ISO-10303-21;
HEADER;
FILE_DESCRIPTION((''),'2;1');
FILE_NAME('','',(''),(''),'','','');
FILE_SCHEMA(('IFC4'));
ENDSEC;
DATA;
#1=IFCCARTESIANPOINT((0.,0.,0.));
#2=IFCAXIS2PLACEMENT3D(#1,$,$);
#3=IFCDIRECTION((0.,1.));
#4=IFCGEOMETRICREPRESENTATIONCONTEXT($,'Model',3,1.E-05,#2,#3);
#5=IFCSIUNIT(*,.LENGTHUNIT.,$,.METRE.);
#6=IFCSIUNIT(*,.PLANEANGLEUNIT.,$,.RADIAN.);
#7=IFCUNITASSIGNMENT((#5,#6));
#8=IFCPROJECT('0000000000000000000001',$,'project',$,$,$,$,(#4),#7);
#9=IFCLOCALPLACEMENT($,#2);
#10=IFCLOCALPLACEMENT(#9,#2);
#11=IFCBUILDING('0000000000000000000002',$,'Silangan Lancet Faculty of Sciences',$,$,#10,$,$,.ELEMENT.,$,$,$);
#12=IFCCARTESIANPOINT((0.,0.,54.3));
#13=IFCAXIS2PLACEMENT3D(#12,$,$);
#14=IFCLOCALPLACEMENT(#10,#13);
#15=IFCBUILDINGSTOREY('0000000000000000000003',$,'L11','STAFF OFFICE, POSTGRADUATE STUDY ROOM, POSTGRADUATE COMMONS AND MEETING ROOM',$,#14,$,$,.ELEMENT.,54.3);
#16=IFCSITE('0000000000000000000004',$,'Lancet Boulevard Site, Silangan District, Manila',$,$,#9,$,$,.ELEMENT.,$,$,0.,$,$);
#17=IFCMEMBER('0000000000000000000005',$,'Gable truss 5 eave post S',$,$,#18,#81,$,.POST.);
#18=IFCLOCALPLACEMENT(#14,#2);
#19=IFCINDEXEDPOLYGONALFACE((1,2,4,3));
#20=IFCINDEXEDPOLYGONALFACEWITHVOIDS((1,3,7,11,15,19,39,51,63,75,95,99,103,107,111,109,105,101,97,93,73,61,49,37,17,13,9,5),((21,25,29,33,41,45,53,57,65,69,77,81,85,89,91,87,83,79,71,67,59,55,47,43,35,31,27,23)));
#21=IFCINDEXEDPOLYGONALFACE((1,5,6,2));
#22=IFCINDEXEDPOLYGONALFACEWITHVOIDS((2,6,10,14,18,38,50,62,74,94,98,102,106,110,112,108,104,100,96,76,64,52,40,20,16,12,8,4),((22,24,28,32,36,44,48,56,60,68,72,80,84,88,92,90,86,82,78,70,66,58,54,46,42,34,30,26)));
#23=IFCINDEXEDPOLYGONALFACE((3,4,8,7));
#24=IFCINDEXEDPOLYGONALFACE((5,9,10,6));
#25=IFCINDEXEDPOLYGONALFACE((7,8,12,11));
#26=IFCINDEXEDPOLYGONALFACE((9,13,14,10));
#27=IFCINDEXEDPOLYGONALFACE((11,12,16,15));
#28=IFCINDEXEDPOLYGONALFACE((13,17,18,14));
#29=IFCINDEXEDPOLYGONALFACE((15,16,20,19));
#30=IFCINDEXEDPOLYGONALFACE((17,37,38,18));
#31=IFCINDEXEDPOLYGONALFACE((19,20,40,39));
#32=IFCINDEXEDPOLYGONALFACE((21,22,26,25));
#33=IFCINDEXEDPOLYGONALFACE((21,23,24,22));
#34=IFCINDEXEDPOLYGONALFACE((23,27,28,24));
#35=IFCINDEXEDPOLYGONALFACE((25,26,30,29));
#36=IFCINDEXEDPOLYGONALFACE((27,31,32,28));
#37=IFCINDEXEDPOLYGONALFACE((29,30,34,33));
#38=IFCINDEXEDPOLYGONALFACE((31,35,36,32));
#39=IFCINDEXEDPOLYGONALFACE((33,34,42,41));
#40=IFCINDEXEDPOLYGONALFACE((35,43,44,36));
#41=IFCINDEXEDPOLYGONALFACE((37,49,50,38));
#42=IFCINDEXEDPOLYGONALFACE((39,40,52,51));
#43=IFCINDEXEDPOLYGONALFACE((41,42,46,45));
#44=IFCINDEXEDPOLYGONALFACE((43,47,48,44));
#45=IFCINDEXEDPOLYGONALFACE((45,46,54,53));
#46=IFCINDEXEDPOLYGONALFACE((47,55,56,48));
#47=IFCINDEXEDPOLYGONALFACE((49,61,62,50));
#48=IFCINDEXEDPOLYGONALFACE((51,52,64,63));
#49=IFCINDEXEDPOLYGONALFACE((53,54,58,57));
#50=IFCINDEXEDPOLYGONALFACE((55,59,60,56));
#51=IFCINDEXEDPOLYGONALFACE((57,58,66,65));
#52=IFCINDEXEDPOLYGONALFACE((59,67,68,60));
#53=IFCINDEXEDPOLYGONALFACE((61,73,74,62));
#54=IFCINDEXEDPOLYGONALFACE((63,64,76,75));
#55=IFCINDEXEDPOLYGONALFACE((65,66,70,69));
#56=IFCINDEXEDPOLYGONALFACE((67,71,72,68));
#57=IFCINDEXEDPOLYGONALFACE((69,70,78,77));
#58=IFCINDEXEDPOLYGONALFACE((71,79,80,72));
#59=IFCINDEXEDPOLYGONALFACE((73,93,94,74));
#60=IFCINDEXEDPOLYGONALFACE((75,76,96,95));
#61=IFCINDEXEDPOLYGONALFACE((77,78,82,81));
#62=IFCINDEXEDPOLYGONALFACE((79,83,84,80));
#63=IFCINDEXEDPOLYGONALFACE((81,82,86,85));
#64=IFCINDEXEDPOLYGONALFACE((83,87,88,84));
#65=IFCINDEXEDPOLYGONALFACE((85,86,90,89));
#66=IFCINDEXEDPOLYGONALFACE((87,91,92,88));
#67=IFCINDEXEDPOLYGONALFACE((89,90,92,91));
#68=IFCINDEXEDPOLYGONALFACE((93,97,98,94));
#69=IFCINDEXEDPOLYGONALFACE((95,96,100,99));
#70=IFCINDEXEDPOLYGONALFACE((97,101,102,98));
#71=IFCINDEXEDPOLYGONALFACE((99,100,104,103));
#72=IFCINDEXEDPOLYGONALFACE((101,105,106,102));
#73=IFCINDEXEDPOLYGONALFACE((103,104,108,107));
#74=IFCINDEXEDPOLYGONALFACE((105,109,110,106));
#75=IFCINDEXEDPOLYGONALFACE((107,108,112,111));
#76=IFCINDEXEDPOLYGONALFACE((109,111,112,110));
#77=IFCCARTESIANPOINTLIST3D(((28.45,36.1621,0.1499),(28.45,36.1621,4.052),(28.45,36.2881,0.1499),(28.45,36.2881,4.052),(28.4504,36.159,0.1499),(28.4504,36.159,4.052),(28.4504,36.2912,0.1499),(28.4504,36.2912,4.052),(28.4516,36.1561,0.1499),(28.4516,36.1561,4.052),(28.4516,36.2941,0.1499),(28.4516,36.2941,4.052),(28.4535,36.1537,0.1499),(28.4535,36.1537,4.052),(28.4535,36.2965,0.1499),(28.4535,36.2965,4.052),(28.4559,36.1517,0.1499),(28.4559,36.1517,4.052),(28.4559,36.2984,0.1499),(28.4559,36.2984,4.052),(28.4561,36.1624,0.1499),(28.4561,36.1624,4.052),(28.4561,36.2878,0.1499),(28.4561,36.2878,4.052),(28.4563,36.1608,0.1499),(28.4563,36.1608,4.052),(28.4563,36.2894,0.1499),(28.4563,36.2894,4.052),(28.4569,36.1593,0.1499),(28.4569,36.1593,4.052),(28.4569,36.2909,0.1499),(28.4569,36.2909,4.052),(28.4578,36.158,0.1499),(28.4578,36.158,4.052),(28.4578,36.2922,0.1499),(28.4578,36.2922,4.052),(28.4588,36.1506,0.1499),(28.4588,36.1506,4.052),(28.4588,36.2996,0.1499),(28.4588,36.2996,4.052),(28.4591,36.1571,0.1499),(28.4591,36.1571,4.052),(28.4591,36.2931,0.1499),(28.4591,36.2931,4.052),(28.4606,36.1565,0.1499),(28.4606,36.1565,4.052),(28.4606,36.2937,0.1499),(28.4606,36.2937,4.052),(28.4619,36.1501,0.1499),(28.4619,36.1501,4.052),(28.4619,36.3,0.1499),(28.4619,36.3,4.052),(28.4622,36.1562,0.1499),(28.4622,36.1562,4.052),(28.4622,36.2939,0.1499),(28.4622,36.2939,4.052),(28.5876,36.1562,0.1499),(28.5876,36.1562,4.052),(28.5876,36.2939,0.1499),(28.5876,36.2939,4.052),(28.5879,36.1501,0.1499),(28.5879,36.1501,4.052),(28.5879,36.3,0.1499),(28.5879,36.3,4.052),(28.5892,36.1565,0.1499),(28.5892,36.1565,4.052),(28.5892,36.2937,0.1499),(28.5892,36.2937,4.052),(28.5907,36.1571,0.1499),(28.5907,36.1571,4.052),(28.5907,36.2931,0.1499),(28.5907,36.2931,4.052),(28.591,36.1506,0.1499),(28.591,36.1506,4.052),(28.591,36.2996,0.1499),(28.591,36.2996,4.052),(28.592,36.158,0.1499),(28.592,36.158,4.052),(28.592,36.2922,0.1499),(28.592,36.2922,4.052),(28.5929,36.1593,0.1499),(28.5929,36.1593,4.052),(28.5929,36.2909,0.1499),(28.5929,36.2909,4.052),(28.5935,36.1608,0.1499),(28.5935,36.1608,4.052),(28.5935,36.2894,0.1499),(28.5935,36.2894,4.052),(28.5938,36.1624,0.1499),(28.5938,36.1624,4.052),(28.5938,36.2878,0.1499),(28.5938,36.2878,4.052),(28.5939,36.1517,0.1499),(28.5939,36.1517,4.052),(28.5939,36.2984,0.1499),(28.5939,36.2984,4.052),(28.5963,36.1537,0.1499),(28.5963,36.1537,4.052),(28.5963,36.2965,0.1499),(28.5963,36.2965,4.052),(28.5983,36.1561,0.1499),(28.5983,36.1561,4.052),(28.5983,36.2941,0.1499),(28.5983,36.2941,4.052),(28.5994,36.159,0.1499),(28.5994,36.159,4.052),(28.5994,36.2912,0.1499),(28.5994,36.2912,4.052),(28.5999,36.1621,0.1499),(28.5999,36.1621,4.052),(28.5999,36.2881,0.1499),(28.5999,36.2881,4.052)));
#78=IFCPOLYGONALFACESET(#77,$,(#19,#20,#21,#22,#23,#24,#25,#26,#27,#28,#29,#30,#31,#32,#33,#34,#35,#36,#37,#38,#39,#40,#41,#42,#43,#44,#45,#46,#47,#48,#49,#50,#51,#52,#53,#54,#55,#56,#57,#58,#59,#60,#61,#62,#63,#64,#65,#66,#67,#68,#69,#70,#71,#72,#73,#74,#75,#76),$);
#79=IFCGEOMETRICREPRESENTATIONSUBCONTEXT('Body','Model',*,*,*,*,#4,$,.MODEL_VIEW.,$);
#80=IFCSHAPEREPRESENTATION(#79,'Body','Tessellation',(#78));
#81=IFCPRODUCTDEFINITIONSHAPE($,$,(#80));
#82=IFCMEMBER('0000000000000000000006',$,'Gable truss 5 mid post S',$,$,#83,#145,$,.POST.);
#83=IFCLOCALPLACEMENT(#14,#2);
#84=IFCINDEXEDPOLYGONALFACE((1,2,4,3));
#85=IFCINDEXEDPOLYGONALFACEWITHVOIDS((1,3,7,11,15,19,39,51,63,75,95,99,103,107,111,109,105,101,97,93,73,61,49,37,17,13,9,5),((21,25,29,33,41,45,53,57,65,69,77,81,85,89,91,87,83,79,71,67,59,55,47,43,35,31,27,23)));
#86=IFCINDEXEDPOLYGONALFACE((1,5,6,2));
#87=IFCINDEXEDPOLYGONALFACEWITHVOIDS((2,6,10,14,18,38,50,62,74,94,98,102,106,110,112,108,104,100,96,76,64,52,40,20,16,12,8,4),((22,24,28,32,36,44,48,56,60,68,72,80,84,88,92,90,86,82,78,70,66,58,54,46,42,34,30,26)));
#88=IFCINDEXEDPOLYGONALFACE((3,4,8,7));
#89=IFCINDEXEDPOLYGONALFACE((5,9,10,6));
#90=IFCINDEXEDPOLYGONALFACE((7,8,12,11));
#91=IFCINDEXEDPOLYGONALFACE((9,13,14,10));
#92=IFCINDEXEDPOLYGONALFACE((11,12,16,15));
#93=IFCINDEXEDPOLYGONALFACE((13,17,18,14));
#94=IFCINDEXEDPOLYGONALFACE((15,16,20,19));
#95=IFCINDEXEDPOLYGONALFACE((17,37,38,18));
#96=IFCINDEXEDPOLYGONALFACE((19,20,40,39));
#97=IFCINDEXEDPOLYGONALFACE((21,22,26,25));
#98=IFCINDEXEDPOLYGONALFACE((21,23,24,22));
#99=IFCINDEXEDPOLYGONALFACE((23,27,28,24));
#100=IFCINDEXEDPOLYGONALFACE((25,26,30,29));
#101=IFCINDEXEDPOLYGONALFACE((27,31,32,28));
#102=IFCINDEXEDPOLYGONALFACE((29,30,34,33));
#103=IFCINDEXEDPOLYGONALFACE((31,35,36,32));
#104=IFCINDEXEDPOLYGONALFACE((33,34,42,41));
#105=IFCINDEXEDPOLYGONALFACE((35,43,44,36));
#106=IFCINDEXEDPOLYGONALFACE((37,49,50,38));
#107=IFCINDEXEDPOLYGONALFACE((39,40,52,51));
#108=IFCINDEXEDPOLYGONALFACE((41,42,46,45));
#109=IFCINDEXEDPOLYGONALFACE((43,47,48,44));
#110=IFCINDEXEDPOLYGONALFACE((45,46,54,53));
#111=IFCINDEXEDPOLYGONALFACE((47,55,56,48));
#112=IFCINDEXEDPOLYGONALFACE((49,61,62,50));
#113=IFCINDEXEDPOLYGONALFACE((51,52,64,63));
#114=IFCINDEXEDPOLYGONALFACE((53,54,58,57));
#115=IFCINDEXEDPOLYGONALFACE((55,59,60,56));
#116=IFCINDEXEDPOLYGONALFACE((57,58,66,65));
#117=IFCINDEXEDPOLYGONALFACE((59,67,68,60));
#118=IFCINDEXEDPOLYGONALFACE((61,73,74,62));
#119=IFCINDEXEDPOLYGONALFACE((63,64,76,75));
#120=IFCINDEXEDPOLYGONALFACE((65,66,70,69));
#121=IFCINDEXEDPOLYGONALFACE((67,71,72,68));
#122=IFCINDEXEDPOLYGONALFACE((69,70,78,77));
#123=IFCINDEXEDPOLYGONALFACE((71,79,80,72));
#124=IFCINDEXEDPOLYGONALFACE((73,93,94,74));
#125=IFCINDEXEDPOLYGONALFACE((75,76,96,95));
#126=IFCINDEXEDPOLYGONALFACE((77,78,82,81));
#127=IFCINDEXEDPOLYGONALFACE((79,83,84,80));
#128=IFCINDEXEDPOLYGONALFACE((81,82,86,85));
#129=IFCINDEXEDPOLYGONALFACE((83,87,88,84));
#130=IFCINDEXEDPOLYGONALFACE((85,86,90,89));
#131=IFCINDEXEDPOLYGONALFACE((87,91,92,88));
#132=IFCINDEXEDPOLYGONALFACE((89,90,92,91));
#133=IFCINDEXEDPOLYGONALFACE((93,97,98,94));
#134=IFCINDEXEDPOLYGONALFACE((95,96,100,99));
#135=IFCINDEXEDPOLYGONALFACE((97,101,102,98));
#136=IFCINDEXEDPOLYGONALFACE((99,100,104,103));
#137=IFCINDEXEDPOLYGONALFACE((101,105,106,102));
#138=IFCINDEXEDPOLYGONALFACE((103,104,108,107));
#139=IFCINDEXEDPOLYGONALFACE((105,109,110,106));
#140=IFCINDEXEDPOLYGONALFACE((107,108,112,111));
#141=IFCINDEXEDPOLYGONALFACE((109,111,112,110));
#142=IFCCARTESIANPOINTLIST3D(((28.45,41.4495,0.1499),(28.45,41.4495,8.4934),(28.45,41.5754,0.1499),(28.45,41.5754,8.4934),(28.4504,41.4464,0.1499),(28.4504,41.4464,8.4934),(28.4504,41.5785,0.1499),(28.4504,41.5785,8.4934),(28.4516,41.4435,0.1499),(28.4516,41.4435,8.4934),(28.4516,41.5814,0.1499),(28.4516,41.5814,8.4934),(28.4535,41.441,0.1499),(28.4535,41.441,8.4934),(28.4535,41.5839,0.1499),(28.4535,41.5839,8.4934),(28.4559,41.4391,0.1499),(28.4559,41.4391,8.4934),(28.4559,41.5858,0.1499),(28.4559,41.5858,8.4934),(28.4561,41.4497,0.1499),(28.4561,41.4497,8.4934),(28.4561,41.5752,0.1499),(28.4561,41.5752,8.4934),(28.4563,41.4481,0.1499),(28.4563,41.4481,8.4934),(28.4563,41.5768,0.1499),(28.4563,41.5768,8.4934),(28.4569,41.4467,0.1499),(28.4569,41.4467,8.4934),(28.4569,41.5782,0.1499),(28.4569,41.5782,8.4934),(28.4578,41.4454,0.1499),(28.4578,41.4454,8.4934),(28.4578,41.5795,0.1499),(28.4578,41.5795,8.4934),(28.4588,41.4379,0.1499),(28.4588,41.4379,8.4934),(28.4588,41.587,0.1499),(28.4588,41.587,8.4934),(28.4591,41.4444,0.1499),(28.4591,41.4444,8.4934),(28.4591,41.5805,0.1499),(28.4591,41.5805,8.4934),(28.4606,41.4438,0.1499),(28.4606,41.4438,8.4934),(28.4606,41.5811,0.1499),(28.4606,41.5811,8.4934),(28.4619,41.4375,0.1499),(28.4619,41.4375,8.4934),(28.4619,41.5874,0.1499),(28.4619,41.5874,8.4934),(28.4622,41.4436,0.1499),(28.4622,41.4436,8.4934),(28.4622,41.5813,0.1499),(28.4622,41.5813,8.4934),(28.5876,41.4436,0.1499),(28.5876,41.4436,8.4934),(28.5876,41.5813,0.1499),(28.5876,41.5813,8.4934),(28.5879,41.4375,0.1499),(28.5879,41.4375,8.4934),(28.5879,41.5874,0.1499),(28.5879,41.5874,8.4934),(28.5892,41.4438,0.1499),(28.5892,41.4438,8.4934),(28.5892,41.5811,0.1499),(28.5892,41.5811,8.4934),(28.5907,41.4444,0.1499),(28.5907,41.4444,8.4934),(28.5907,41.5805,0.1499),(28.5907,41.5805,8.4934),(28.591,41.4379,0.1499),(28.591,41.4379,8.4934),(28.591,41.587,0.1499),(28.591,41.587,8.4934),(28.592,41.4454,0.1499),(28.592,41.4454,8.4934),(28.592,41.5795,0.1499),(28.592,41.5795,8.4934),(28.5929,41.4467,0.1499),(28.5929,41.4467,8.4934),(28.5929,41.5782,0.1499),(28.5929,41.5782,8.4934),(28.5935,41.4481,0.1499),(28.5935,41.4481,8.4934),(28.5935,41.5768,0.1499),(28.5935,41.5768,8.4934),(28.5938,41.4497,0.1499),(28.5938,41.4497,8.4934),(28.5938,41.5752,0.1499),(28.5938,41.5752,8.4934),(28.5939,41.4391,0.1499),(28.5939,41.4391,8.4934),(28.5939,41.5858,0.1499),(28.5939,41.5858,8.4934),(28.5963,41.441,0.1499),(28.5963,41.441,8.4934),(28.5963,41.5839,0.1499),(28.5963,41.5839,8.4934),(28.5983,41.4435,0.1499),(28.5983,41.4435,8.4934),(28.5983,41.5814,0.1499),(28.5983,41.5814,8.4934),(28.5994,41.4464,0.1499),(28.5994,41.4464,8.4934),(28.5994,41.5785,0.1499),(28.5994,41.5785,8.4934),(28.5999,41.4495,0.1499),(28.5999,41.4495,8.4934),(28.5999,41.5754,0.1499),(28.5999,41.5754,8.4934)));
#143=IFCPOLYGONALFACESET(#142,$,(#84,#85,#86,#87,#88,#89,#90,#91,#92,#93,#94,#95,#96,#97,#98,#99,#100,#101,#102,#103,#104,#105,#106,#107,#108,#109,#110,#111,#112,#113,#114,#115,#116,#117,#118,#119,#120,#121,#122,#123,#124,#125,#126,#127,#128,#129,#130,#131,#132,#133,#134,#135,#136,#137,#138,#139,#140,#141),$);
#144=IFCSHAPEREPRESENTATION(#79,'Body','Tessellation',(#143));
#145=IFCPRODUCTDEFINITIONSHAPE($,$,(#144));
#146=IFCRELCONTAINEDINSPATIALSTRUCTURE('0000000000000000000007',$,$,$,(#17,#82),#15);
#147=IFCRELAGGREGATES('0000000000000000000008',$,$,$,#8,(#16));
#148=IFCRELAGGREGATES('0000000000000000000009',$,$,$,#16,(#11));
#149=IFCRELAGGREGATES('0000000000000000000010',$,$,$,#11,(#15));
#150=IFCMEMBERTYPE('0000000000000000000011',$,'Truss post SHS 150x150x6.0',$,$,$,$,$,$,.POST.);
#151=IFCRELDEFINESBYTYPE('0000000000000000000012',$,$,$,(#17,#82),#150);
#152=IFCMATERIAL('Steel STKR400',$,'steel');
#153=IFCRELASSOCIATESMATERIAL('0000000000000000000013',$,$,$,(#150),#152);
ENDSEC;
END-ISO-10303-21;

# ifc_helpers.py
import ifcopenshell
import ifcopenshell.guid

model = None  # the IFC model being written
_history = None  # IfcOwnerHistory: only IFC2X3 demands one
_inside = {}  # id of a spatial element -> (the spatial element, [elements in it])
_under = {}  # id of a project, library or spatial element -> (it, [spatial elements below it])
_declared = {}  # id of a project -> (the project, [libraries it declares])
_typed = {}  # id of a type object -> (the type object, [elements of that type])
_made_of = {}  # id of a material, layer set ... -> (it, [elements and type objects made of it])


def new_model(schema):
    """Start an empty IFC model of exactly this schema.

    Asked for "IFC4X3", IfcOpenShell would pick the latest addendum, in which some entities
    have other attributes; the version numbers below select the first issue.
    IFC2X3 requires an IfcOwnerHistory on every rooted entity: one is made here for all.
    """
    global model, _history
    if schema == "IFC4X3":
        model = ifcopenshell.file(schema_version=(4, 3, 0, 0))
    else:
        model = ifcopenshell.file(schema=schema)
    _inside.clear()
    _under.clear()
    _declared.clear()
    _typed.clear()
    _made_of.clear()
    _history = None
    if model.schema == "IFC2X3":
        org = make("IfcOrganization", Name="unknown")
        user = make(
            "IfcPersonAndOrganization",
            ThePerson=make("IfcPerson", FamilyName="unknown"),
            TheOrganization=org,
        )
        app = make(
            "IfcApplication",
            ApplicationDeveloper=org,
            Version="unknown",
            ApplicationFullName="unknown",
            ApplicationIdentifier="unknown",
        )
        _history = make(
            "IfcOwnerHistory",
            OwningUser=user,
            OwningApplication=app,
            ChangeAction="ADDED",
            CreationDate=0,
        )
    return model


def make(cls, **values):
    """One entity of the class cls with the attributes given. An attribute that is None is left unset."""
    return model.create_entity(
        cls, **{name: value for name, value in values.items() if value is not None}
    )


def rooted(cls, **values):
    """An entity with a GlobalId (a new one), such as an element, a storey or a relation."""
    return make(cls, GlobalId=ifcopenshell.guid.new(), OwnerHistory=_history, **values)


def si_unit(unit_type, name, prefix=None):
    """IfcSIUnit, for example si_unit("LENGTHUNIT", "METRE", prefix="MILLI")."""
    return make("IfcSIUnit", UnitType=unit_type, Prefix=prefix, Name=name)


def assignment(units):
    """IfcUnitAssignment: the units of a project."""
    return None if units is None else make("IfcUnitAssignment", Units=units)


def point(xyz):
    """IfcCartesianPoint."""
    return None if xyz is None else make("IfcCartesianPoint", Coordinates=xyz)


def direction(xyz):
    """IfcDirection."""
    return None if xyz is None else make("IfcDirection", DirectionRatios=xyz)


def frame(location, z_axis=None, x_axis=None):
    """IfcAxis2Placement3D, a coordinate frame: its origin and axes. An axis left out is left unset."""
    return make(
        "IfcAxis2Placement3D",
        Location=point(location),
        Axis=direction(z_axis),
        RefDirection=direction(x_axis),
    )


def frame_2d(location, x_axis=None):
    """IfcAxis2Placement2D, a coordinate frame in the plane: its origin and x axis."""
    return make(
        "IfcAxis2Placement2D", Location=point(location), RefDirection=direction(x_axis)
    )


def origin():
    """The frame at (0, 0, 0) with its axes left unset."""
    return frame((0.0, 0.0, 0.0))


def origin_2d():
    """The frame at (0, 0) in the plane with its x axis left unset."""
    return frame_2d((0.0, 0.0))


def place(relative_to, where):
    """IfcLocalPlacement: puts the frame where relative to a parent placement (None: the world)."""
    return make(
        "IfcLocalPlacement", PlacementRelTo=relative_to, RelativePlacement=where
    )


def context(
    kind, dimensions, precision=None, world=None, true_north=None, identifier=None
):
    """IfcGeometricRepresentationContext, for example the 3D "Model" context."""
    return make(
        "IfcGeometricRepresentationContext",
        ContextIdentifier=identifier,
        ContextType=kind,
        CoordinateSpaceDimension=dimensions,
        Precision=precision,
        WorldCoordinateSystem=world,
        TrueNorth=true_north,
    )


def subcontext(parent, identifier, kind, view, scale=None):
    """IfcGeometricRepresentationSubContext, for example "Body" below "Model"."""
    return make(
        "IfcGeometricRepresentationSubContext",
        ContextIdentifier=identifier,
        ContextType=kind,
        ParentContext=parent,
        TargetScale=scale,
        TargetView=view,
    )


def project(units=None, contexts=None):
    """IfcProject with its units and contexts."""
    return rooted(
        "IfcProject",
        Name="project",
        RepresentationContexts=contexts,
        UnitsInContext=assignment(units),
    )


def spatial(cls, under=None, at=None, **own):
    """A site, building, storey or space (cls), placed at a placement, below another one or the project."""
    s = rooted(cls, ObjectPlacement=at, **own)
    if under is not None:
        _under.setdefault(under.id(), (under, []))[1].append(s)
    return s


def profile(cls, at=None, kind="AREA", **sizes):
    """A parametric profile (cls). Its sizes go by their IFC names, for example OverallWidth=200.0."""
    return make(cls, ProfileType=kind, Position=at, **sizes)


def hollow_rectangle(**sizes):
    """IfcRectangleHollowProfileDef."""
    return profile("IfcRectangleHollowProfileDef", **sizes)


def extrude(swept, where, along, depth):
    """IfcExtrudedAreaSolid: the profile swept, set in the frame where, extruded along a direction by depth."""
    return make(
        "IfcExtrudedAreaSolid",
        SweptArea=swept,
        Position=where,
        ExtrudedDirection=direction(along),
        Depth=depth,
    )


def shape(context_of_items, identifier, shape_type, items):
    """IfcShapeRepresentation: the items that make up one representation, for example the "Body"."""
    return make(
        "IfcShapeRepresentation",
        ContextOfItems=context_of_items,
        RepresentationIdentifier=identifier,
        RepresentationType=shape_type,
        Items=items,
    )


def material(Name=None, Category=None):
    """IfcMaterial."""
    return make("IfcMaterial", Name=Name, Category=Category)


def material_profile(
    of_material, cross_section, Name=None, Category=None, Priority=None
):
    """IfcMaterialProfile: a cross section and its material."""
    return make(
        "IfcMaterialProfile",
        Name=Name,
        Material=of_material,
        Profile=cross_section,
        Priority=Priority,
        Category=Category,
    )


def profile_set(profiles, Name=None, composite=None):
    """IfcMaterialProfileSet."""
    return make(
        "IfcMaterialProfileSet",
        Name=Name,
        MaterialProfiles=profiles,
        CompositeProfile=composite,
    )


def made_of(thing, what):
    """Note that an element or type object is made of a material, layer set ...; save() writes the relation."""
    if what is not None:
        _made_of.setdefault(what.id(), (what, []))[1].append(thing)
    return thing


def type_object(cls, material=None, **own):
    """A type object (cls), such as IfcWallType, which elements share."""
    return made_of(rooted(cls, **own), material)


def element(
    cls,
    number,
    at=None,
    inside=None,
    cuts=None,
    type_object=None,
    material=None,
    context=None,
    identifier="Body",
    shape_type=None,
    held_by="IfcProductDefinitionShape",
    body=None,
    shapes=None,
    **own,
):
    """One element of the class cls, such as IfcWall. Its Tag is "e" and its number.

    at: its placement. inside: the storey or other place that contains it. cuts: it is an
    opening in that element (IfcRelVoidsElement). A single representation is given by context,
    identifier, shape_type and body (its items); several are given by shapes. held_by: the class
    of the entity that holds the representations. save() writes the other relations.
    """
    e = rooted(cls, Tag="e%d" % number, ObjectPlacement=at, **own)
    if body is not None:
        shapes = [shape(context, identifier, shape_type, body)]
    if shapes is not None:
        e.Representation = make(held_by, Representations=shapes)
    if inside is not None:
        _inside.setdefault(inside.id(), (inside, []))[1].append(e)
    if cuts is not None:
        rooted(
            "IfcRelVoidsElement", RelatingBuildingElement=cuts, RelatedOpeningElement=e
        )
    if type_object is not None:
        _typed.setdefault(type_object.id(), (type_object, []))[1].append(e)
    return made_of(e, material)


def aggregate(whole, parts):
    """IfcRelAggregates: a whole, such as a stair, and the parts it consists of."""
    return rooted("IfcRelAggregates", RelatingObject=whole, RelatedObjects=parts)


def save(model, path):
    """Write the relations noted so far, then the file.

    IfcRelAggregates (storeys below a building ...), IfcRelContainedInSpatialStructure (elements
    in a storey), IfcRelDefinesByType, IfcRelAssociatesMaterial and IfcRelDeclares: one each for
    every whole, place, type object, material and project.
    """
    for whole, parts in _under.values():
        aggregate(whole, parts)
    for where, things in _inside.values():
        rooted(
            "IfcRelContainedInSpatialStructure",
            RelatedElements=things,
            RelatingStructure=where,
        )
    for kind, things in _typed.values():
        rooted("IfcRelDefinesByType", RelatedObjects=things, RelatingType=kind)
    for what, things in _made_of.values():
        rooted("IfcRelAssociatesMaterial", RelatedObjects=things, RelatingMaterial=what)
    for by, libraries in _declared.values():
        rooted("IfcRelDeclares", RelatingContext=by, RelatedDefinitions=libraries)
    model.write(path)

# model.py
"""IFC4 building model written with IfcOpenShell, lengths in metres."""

from ifc_helpers import new_model, si_unit, direction, frame, origin, origin_2d, place, context, subcontext, project, spatial, hollow_rectangle, extrude, material, material_profile, profile_set, type_object, element, save


model = new_model("IFC4")

# Units and contexts
model_context = context("Model", 3, precision=1e-05, world=origin(), true_north=direction((0.0, 1.0)))
body_context = subcontext(model_context, "Body", "Model", "MODEL_VIEW")
ifc_project = project(units=[si_unit("LENGTHUNIT", "METRE"), si_unit("PLANEANGLEUNIT", "RADIAN")], contexts=[model_context])

# Site, building, storey
site_placement = place(None, origin())
site = spatial("IfcSite", under=ifc_project, at=site_placement, Name="Lancet Boulevard Site, Silangan District, Manila", CompositionType="ELEMENT", RefElevation=0.0)
building_placement = place(site_placement, origin())
building = spatial("IfcBuilding", under=site, at=building_placement, Name="Silangan Lancet Faculty of Sciences", CompositionType="ELEMENT")
storey_placement = place(building_placement, frame((0.0, 0.0, 54.3)))
storey = spatial("IfcBuildingStorey", under=building, at=storey_placement, Name="L11", Description="STAFF OFFICE, POSTGRADUATE STUDY ROOM, POSTGRADUATE COMMONS AND MEETING ROOM", CompositionType="ELEMENT", Elevation=54.3)

# Members
ifc_material_1 = material(Name="Steel STKR400", Category="steel")
ifc_material_profile_1 = material_profile(ifc_material_1, hollow_rectangle(XDim=0.1499, YDim=0.1499, WallThickness=0.0061, InnerFilletRadius=0.0061, OuterFilletRadius=0.012, at=origin_2d()), Name="SHS 150x150x6.0")
ifc_profile_set_1 = profile_set([ifc_material_profile_1], Name="Steel STKR400")
member_type_1 = type_object("IfcMemberType", Name="Truss post SHS 150x150x6.0", PredefinedType="POST", material=ifc_profile_set_1)
member_1_placement = place(storey_placement, frame((28.5249, 36.2251, 0.1499), z_axis=(0.0, 0.0, 1.0), x_axis=(1.0, 0.0, 0.0)))
element("IfcMember", 1, at=member_1_placement, inside=storey, type_object=member_type_1, Name="Gable truss 5 eave post S", PredefinedType="POST", context=body_context, shape_type="SweptSolid", body=[
    extrude(hollow_rectangle(XDim=0.1499, YDim=0.1499, WallThickness=0.0061, InnerFilletRadius=0.0061, OuterFilletRadius=0.012, at=origin_2d()), origin(), (0.0, 0.0, 1.0), 3.9021),
])
member_2_placement = place(storey_placement, frame((28.5249, 41.5125, 0.1499), z_axis=(0.0, 0.0, 1.0), x_axis=(1.0, 0.0, 0.0)))
element("IfcMember", 2, at=member_2_placement, inside=storey, type_object=member_type_1, Name="Gable truss 5 mid post S", PredefinedType="POST", context=body_context, shape_type="SweptSolid", body=[
    extrude(hollow_rectangle(XDim=0.1499, YDim=0.1499, WallThickness=0.0061, InnerFilletRadius=0.0061, OuterFilletRadius=0.012, at=origin_2d()), origin(), (0.0, 0.0, 1.0), 8.3435),
])

save(model, "model.ifc")
